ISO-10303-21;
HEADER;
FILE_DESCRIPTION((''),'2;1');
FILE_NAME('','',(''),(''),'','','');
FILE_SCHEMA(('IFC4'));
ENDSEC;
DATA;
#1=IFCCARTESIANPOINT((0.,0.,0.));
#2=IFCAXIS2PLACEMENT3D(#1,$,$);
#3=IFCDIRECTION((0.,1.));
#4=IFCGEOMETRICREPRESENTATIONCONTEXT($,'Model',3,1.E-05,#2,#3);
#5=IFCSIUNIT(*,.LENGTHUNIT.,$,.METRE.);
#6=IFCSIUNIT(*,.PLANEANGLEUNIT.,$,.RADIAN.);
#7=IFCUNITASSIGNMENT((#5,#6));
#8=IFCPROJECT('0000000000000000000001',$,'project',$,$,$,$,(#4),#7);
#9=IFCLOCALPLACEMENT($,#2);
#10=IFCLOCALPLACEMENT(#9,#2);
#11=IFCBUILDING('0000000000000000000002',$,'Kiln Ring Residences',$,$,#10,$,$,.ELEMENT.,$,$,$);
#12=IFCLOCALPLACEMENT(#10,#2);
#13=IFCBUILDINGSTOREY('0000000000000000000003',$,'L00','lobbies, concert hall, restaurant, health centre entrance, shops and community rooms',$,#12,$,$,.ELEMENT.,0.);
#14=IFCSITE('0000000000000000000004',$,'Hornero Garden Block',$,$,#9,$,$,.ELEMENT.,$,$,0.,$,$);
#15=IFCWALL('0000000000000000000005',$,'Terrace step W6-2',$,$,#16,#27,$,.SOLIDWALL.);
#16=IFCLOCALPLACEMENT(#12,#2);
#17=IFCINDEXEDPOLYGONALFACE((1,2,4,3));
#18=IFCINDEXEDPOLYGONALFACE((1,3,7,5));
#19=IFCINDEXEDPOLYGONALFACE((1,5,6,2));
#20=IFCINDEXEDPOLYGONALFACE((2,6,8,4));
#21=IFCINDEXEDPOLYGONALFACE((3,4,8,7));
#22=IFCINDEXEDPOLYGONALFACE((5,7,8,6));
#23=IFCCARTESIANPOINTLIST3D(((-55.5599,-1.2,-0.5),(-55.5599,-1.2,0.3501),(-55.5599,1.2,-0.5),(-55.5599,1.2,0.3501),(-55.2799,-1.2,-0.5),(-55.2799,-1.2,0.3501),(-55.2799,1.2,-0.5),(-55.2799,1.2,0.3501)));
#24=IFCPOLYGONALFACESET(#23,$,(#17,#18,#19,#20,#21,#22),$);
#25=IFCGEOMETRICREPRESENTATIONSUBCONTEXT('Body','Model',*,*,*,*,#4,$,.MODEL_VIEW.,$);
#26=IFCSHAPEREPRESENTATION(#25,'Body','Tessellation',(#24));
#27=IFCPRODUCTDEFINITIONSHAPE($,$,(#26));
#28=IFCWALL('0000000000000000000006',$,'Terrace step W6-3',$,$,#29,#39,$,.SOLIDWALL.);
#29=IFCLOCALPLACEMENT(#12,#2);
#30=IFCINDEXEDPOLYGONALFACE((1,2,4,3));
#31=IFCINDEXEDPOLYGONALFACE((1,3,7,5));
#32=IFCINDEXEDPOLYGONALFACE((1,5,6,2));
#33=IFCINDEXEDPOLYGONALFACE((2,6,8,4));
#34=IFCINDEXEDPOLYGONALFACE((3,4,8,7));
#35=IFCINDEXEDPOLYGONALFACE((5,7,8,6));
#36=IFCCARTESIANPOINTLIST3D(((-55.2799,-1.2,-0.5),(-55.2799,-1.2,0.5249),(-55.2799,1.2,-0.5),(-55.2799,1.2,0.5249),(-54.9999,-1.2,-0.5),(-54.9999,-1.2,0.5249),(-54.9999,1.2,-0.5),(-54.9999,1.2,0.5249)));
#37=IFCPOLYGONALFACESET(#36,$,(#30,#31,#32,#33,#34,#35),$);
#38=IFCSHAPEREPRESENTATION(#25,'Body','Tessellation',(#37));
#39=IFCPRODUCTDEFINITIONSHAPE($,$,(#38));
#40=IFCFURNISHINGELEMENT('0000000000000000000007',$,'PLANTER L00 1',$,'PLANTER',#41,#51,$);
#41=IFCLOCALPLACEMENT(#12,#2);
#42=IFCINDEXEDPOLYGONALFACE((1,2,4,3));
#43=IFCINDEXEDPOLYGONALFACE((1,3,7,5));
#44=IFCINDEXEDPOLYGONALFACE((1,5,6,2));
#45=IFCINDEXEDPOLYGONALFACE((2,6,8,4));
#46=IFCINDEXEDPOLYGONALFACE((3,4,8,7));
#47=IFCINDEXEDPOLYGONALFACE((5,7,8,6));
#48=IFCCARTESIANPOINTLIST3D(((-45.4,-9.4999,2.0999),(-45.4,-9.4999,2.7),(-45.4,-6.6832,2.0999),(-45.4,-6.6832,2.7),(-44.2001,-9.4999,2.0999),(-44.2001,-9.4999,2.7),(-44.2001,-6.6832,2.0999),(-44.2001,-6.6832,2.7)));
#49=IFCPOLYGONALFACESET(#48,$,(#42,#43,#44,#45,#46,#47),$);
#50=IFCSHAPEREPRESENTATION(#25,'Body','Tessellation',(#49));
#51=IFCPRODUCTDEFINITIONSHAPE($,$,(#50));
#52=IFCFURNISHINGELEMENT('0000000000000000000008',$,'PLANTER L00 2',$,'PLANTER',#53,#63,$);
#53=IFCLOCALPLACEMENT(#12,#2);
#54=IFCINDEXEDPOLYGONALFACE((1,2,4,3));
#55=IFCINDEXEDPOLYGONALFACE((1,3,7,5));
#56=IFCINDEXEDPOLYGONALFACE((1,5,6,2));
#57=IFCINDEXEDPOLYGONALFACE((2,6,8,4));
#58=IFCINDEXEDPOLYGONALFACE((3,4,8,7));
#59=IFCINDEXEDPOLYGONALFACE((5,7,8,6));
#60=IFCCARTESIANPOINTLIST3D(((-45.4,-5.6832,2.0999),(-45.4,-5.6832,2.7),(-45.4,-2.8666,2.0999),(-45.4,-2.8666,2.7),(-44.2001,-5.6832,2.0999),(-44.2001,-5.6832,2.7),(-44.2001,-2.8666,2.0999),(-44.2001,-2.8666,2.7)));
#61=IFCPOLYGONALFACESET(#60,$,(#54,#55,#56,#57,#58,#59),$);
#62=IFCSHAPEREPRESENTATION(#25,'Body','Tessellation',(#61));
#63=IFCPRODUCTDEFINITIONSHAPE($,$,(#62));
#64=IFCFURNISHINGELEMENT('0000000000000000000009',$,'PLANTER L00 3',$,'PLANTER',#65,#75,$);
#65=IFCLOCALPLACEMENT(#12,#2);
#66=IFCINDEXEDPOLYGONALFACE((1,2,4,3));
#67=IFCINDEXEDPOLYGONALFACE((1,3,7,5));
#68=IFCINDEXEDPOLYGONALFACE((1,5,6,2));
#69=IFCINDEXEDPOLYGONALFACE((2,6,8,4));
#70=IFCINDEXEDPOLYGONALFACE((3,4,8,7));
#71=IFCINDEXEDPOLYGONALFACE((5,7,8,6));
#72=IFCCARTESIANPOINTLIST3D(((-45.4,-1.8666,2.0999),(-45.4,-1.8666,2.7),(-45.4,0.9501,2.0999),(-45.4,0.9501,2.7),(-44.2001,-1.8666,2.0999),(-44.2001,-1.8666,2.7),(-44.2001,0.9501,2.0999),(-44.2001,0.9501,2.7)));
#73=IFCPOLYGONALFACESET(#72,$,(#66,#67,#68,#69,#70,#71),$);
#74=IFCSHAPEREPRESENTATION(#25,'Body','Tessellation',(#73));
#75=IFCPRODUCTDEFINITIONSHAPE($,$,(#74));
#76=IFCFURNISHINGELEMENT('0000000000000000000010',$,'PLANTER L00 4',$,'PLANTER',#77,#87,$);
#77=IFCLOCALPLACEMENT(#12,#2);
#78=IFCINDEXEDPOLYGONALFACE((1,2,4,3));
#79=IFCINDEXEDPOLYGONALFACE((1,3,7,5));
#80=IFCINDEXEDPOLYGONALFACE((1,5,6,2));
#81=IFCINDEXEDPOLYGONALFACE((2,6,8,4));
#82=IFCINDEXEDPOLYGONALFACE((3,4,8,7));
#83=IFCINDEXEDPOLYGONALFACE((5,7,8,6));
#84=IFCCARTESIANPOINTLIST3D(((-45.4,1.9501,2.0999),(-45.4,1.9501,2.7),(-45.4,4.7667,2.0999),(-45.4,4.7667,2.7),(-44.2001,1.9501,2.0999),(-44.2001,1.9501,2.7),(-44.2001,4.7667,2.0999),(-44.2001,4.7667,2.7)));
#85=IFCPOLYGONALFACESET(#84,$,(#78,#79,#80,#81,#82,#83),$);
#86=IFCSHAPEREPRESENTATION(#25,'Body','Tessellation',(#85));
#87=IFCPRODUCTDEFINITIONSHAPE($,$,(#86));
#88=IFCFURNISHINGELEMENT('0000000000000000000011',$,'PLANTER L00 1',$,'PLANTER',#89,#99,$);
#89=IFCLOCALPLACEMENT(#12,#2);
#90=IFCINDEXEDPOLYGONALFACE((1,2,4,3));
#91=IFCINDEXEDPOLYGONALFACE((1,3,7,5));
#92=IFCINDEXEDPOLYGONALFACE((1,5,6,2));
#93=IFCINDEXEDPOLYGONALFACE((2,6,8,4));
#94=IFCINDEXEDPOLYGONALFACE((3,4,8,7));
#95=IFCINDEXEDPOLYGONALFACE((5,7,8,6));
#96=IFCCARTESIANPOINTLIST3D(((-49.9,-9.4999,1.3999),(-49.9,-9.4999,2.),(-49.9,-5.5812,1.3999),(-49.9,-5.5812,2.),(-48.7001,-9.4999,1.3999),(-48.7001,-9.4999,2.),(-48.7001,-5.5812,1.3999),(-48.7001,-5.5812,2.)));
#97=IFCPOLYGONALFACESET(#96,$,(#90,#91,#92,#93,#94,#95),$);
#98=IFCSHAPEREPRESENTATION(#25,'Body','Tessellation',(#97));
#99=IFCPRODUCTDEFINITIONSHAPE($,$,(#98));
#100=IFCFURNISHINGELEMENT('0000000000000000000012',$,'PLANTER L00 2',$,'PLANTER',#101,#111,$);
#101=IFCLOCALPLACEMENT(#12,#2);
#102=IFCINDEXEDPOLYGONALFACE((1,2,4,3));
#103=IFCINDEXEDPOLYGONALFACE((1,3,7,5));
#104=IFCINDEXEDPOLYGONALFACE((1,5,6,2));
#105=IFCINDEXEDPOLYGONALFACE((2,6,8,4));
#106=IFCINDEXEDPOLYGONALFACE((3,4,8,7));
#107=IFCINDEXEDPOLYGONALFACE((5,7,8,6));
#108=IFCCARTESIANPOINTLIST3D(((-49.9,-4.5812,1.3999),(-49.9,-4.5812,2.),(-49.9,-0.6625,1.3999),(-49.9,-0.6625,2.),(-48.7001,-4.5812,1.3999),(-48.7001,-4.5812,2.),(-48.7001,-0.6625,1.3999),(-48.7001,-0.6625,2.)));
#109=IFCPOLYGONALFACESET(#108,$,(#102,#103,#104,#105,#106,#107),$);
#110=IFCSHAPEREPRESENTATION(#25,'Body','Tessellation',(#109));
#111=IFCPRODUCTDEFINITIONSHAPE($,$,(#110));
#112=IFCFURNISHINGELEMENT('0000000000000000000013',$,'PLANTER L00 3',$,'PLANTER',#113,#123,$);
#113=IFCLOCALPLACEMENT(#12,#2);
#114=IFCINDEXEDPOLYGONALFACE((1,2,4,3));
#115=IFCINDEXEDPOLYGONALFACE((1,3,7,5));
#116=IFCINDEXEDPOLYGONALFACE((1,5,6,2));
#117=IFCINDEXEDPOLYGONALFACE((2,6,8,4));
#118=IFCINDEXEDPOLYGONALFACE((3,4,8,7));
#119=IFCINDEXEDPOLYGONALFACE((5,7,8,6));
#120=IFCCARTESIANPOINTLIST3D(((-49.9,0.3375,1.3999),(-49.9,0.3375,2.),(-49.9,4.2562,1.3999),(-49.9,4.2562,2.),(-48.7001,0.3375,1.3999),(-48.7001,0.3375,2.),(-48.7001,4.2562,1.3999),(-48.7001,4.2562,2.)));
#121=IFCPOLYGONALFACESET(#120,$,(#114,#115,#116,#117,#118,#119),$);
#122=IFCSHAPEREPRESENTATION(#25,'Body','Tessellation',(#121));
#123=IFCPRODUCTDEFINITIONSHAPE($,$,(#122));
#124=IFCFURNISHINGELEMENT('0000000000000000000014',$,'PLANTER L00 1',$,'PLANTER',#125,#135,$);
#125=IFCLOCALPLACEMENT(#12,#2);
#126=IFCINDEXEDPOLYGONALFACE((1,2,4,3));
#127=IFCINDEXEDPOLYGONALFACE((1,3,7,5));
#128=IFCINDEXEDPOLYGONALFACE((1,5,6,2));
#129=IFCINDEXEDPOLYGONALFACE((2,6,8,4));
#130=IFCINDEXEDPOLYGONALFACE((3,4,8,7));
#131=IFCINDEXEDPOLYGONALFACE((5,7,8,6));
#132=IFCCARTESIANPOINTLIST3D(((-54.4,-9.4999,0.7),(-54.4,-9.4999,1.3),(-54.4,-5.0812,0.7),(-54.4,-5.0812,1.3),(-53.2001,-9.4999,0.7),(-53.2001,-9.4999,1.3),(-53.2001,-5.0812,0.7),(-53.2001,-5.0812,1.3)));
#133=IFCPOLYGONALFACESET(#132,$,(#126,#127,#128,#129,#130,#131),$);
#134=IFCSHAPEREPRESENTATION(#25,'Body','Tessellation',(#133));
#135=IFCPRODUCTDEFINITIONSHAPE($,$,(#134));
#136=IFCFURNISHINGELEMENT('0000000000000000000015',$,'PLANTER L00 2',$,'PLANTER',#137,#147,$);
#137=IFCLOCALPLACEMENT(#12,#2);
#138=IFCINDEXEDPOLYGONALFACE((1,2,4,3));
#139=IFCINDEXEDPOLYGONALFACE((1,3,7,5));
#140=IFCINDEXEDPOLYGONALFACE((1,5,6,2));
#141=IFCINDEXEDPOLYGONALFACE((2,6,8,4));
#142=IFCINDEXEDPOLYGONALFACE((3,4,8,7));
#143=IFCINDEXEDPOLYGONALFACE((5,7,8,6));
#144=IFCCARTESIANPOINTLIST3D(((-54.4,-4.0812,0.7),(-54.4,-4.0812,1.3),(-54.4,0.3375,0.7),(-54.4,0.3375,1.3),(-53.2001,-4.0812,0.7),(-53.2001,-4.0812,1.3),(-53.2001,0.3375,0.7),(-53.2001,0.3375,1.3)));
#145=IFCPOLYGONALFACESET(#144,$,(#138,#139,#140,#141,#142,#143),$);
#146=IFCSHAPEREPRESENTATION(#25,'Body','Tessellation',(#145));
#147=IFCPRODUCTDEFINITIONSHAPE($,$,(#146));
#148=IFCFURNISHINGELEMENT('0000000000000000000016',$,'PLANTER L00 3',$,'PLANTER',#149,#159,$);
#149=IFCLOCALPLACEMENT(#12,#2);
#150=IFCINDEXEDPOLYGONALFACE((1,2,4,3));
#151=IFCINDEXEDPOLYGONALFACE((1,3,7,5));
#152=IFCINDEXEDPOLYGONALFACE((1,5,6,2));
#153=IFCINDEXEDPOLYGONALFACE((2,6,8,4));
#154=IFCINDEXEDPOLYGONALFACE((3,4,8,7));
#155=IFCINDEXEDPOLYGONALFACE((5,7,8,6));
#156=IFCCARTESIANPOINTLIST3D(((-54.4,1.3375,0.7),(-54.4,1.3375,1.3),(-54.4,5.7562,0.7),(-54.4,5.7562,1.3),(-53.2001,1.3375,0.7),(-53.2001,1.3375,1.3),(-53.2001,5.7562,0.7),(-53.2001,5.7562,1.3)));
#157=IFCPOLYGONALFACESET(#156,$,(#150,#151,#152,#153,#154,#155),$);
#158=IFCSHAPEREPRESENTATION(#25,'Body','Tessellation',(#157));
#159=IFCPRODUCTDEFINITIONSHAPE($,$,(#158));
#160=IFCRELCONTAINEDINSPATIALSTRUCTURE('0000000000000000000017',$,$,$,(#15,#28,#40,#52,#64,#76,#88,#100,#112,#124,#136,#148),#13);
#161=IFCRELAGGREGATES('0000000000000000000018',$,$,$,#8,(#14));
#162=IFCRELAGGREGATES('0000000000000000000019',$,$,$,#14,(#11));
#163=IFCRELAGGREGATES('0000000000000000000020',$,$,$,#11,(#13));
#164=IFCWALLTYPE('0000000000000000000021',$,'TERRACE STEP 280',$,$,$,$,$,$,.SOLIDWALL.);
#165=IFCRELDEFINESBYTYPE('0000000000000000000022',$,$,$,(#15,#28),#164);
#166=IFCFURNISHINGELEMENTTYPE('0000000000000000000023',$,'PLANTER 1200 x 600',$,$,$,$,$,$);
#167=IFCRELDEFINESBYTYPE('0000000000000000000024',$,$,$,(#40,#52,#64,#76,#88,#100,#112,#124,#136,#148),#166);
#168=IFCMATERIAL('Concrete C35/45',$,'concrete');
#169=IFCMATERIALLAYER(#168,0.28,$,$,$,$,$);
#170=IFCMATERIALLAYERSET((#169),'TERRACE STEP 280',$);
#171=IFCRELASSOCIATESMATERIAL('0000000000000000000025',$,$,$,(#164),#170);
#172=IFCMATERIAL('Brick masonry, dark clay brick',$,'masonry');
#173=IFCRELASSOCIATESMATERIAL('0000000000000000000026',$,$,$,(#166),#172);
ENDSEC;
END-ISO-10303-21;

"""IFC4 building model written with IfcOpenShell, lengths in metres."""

from ifc_helpers import new_model, si_unit, direction, frame, frame_2d, origin, origin_2d, place, context, subcontext, project, spatial, rectangle, extrude, material, layer, layer_set, type_object, element, save


model = new_model("IFC4")

# Units and contexts
model_context = context("Model", 3, precision=1e-05, world=origin(), true_north=direction((0.0, 1.0)))
body_context = subcontext(model_context, "Body", "Model", "MODEL_VIEW")
ifc_project = project(units=[si_unit("LENGTHUNIT", "METRE"), si_unit("PLANEANGLEUNIT", "RADIAN")], contexts=[model_context])

# Site, building, storey
site_placement = place(None, origin())
site = spatial("IfcSite", under=ifc_project, at=site_placement, Name="Hornero Garden Block", CompositionType="ELEMENT", RefElevation=0.0)
building_placement = place(site_placement, origin())
building = spatial("IfcBuilding", under=site, at=building_placement, Name="Kiln Ring Residences", CompositionType="ELEMENT")
storey_placement = place(building_placement, origin())
storey = spatial("IfcBuildingStorey", under=building, at=storey_placement, Name="L00", Description="lobbies, concert hall, restaurant, health centre entrance, shops and community rooms", CompositionType="ELEMENT", Elevation=0.0)

# Walls
ifc_material_1 = material(Name="Concrete C35/45", Category="concrete")
ifc_layer_1 = layer(ifc_material_1, 0.28)
ifc_layer_set_1 = layer_set([ifc_layer_1], Name="TERRACE STEP 280")
wall_type_1 = type_object("IfcWallType", Name="TERRACE STEP 280", PredefinedType="SOLIDWALL", material=ifc_layer_set_1)
wall_1_placement = place(storey_placement, frame((-55.4199, -1.2, -0.5), z_axis=(0.0, 0.0, 1.0), x_axis=(0.0, 1.0, 0.0)))
element("IfcWall", 1, at=wall_1_placement, inside=storey, type_object=wall_type_1, Name="Terrace step W6-2", PredefinedType="SOLIDWALL", context=body_context, shape_type="SweptSolid", body=[
    extrude(rectangle(XDim=2.3999, YDim=0.28, at=frame_2d((1.2, 0.0))), origin(), (0.0, 0.0, 1.0), 0.8501),
])
wall_2_placement = place(storey_placement, frame((-55.1399, -1.2, -0.5), z_axis=(0.0, 0.0, 1.0), x_axis=(0.0, 1.0, 0.0)))
element("IfcWall", 2, at=wall_2_placement, inside=storey, type_object=wall_type_1, Name="Terrace step W6-3", PredefinedType="SOLIDWALL", context=body_context, shape_type="SweptSolid", body=[
    extrude(rectangle(XDim=2.3999, YDim=0.28, at=frame_2d((1.2, 0.0))), origin(), (0.0, 0.0, 1.0), 1.0249),
])

# Furnishing elements
ifc_material_2 = material(Name="Brick masonry, dark clay brick", Category="masonry")
furnishing_element_type = type_object("IfcFurnishingElementType", Name="PLANTER 1200 x 600", material=ifc_material_2)
for number, where, z_axis, x_axis, name in (
    (3, (-44.8, -8.0916, 2.0999), (0.0, 0.0, 1.0), (1.0, 0.0, 0.0), "PLANTER L00 1"),
    (4, (-44.8, -4.2749, 2.0999), (0.0, 0.0, 1.0), (1.0, 0.0, 0.0), "PLANTER L00 2"),
    (5, (-44.8, -0.4583, 2.0999), (0.0, 0.0, 1.0), (1.0, 0.0, 0.0), "PLANTER L00 3"),
    (6, (-44.8, 3.3584, 2.0999), (0.0, 0.0, 1.0), (1.0, 0.0, 0.0), "PLANTER L00 4"),
):
    element("IfcFurnishingElement", number, at=place(storey_placement, frame(where, z_axis=z_axis, x_axis=x_axis)), inside=storey, type_object=furnishing_element_type, Name=name, ObjectType="PLANTER", context=body_context, shape_type="SweptSolid", body=[
        extrude(rectangle(XDim=1.2, YDim=2.8167, at=origin_2d()), origin(), (0.0, 0.0, 1.0), 0.6001),
    ])
for number, where, z_axis, x_axis, name in (
    (7, (-49.3, -7.5405, 1.3999), (0.0, 0.0, 1.0), (1.0, 0.0, 0.0), "PLANTER L00 1"),
    (8, (-49.3, -2.6218, 1.3999), (0.0, 0.0, 1.0), (1.0, 0.0, 0.0), "PLANTER L00 2"),
    (9, (-49.3, 2.2969, 1.3999), (0.0, 0.0, 1.0), (1.0, 0.0, 0.0), "PLANTER L00 3"),
):
    element("IfcFurnishingElement", number, at=place(storey_placement, frame(where, z_axis=z_axis, x_axis=x_axis)), inside=storey, type_object=furnishing_element_type, Name=name, ObjectType="PLANTER", context=body_context, shape_type="SweptSolid", body=[
        extrude(rectangle(XDim=1.2, YDim=3.9187, at=origin_2d()), origin(), (0.0, 0.0, 1.0), 0.6001),
    ])
for number, where, z_axis, x_axis, name in (
    (10, (-53.8, -7.2905, 0.7), (0.0, 0.0, 1.0), (1.0, 0.0, 0.0), "PLANTER L00 1"),
    (11, (-53.8, -1.8718, 0.7), (0.0, 0.0, 1.0), (1.0, 0.0, 0.0), "PLANTER L00 2"),
    (12, (-53.8, 3.5469, 0.7), (0.0, 0.0, 1.0), (1.0, 0.0, 0.0), "PLANTER L00 3"),
):
    element("IfcFurnishingElement", number, at=place(storey_placement, frame(where, z_axis=z_axis, x_axis=x_axis)), inside=storey, type_object=furnishing_element_type, Name=name, ObjectType="PLANTER", context=body_context, shape_type="SweptSolid", body=[
        extrude(rectangle(XDim=1.2, YDim=4.4187, at=origin_2d()), origin(), (0.0, 0.0, 1.0), 0.6001),
    ])

save(model, "model.ifc")
